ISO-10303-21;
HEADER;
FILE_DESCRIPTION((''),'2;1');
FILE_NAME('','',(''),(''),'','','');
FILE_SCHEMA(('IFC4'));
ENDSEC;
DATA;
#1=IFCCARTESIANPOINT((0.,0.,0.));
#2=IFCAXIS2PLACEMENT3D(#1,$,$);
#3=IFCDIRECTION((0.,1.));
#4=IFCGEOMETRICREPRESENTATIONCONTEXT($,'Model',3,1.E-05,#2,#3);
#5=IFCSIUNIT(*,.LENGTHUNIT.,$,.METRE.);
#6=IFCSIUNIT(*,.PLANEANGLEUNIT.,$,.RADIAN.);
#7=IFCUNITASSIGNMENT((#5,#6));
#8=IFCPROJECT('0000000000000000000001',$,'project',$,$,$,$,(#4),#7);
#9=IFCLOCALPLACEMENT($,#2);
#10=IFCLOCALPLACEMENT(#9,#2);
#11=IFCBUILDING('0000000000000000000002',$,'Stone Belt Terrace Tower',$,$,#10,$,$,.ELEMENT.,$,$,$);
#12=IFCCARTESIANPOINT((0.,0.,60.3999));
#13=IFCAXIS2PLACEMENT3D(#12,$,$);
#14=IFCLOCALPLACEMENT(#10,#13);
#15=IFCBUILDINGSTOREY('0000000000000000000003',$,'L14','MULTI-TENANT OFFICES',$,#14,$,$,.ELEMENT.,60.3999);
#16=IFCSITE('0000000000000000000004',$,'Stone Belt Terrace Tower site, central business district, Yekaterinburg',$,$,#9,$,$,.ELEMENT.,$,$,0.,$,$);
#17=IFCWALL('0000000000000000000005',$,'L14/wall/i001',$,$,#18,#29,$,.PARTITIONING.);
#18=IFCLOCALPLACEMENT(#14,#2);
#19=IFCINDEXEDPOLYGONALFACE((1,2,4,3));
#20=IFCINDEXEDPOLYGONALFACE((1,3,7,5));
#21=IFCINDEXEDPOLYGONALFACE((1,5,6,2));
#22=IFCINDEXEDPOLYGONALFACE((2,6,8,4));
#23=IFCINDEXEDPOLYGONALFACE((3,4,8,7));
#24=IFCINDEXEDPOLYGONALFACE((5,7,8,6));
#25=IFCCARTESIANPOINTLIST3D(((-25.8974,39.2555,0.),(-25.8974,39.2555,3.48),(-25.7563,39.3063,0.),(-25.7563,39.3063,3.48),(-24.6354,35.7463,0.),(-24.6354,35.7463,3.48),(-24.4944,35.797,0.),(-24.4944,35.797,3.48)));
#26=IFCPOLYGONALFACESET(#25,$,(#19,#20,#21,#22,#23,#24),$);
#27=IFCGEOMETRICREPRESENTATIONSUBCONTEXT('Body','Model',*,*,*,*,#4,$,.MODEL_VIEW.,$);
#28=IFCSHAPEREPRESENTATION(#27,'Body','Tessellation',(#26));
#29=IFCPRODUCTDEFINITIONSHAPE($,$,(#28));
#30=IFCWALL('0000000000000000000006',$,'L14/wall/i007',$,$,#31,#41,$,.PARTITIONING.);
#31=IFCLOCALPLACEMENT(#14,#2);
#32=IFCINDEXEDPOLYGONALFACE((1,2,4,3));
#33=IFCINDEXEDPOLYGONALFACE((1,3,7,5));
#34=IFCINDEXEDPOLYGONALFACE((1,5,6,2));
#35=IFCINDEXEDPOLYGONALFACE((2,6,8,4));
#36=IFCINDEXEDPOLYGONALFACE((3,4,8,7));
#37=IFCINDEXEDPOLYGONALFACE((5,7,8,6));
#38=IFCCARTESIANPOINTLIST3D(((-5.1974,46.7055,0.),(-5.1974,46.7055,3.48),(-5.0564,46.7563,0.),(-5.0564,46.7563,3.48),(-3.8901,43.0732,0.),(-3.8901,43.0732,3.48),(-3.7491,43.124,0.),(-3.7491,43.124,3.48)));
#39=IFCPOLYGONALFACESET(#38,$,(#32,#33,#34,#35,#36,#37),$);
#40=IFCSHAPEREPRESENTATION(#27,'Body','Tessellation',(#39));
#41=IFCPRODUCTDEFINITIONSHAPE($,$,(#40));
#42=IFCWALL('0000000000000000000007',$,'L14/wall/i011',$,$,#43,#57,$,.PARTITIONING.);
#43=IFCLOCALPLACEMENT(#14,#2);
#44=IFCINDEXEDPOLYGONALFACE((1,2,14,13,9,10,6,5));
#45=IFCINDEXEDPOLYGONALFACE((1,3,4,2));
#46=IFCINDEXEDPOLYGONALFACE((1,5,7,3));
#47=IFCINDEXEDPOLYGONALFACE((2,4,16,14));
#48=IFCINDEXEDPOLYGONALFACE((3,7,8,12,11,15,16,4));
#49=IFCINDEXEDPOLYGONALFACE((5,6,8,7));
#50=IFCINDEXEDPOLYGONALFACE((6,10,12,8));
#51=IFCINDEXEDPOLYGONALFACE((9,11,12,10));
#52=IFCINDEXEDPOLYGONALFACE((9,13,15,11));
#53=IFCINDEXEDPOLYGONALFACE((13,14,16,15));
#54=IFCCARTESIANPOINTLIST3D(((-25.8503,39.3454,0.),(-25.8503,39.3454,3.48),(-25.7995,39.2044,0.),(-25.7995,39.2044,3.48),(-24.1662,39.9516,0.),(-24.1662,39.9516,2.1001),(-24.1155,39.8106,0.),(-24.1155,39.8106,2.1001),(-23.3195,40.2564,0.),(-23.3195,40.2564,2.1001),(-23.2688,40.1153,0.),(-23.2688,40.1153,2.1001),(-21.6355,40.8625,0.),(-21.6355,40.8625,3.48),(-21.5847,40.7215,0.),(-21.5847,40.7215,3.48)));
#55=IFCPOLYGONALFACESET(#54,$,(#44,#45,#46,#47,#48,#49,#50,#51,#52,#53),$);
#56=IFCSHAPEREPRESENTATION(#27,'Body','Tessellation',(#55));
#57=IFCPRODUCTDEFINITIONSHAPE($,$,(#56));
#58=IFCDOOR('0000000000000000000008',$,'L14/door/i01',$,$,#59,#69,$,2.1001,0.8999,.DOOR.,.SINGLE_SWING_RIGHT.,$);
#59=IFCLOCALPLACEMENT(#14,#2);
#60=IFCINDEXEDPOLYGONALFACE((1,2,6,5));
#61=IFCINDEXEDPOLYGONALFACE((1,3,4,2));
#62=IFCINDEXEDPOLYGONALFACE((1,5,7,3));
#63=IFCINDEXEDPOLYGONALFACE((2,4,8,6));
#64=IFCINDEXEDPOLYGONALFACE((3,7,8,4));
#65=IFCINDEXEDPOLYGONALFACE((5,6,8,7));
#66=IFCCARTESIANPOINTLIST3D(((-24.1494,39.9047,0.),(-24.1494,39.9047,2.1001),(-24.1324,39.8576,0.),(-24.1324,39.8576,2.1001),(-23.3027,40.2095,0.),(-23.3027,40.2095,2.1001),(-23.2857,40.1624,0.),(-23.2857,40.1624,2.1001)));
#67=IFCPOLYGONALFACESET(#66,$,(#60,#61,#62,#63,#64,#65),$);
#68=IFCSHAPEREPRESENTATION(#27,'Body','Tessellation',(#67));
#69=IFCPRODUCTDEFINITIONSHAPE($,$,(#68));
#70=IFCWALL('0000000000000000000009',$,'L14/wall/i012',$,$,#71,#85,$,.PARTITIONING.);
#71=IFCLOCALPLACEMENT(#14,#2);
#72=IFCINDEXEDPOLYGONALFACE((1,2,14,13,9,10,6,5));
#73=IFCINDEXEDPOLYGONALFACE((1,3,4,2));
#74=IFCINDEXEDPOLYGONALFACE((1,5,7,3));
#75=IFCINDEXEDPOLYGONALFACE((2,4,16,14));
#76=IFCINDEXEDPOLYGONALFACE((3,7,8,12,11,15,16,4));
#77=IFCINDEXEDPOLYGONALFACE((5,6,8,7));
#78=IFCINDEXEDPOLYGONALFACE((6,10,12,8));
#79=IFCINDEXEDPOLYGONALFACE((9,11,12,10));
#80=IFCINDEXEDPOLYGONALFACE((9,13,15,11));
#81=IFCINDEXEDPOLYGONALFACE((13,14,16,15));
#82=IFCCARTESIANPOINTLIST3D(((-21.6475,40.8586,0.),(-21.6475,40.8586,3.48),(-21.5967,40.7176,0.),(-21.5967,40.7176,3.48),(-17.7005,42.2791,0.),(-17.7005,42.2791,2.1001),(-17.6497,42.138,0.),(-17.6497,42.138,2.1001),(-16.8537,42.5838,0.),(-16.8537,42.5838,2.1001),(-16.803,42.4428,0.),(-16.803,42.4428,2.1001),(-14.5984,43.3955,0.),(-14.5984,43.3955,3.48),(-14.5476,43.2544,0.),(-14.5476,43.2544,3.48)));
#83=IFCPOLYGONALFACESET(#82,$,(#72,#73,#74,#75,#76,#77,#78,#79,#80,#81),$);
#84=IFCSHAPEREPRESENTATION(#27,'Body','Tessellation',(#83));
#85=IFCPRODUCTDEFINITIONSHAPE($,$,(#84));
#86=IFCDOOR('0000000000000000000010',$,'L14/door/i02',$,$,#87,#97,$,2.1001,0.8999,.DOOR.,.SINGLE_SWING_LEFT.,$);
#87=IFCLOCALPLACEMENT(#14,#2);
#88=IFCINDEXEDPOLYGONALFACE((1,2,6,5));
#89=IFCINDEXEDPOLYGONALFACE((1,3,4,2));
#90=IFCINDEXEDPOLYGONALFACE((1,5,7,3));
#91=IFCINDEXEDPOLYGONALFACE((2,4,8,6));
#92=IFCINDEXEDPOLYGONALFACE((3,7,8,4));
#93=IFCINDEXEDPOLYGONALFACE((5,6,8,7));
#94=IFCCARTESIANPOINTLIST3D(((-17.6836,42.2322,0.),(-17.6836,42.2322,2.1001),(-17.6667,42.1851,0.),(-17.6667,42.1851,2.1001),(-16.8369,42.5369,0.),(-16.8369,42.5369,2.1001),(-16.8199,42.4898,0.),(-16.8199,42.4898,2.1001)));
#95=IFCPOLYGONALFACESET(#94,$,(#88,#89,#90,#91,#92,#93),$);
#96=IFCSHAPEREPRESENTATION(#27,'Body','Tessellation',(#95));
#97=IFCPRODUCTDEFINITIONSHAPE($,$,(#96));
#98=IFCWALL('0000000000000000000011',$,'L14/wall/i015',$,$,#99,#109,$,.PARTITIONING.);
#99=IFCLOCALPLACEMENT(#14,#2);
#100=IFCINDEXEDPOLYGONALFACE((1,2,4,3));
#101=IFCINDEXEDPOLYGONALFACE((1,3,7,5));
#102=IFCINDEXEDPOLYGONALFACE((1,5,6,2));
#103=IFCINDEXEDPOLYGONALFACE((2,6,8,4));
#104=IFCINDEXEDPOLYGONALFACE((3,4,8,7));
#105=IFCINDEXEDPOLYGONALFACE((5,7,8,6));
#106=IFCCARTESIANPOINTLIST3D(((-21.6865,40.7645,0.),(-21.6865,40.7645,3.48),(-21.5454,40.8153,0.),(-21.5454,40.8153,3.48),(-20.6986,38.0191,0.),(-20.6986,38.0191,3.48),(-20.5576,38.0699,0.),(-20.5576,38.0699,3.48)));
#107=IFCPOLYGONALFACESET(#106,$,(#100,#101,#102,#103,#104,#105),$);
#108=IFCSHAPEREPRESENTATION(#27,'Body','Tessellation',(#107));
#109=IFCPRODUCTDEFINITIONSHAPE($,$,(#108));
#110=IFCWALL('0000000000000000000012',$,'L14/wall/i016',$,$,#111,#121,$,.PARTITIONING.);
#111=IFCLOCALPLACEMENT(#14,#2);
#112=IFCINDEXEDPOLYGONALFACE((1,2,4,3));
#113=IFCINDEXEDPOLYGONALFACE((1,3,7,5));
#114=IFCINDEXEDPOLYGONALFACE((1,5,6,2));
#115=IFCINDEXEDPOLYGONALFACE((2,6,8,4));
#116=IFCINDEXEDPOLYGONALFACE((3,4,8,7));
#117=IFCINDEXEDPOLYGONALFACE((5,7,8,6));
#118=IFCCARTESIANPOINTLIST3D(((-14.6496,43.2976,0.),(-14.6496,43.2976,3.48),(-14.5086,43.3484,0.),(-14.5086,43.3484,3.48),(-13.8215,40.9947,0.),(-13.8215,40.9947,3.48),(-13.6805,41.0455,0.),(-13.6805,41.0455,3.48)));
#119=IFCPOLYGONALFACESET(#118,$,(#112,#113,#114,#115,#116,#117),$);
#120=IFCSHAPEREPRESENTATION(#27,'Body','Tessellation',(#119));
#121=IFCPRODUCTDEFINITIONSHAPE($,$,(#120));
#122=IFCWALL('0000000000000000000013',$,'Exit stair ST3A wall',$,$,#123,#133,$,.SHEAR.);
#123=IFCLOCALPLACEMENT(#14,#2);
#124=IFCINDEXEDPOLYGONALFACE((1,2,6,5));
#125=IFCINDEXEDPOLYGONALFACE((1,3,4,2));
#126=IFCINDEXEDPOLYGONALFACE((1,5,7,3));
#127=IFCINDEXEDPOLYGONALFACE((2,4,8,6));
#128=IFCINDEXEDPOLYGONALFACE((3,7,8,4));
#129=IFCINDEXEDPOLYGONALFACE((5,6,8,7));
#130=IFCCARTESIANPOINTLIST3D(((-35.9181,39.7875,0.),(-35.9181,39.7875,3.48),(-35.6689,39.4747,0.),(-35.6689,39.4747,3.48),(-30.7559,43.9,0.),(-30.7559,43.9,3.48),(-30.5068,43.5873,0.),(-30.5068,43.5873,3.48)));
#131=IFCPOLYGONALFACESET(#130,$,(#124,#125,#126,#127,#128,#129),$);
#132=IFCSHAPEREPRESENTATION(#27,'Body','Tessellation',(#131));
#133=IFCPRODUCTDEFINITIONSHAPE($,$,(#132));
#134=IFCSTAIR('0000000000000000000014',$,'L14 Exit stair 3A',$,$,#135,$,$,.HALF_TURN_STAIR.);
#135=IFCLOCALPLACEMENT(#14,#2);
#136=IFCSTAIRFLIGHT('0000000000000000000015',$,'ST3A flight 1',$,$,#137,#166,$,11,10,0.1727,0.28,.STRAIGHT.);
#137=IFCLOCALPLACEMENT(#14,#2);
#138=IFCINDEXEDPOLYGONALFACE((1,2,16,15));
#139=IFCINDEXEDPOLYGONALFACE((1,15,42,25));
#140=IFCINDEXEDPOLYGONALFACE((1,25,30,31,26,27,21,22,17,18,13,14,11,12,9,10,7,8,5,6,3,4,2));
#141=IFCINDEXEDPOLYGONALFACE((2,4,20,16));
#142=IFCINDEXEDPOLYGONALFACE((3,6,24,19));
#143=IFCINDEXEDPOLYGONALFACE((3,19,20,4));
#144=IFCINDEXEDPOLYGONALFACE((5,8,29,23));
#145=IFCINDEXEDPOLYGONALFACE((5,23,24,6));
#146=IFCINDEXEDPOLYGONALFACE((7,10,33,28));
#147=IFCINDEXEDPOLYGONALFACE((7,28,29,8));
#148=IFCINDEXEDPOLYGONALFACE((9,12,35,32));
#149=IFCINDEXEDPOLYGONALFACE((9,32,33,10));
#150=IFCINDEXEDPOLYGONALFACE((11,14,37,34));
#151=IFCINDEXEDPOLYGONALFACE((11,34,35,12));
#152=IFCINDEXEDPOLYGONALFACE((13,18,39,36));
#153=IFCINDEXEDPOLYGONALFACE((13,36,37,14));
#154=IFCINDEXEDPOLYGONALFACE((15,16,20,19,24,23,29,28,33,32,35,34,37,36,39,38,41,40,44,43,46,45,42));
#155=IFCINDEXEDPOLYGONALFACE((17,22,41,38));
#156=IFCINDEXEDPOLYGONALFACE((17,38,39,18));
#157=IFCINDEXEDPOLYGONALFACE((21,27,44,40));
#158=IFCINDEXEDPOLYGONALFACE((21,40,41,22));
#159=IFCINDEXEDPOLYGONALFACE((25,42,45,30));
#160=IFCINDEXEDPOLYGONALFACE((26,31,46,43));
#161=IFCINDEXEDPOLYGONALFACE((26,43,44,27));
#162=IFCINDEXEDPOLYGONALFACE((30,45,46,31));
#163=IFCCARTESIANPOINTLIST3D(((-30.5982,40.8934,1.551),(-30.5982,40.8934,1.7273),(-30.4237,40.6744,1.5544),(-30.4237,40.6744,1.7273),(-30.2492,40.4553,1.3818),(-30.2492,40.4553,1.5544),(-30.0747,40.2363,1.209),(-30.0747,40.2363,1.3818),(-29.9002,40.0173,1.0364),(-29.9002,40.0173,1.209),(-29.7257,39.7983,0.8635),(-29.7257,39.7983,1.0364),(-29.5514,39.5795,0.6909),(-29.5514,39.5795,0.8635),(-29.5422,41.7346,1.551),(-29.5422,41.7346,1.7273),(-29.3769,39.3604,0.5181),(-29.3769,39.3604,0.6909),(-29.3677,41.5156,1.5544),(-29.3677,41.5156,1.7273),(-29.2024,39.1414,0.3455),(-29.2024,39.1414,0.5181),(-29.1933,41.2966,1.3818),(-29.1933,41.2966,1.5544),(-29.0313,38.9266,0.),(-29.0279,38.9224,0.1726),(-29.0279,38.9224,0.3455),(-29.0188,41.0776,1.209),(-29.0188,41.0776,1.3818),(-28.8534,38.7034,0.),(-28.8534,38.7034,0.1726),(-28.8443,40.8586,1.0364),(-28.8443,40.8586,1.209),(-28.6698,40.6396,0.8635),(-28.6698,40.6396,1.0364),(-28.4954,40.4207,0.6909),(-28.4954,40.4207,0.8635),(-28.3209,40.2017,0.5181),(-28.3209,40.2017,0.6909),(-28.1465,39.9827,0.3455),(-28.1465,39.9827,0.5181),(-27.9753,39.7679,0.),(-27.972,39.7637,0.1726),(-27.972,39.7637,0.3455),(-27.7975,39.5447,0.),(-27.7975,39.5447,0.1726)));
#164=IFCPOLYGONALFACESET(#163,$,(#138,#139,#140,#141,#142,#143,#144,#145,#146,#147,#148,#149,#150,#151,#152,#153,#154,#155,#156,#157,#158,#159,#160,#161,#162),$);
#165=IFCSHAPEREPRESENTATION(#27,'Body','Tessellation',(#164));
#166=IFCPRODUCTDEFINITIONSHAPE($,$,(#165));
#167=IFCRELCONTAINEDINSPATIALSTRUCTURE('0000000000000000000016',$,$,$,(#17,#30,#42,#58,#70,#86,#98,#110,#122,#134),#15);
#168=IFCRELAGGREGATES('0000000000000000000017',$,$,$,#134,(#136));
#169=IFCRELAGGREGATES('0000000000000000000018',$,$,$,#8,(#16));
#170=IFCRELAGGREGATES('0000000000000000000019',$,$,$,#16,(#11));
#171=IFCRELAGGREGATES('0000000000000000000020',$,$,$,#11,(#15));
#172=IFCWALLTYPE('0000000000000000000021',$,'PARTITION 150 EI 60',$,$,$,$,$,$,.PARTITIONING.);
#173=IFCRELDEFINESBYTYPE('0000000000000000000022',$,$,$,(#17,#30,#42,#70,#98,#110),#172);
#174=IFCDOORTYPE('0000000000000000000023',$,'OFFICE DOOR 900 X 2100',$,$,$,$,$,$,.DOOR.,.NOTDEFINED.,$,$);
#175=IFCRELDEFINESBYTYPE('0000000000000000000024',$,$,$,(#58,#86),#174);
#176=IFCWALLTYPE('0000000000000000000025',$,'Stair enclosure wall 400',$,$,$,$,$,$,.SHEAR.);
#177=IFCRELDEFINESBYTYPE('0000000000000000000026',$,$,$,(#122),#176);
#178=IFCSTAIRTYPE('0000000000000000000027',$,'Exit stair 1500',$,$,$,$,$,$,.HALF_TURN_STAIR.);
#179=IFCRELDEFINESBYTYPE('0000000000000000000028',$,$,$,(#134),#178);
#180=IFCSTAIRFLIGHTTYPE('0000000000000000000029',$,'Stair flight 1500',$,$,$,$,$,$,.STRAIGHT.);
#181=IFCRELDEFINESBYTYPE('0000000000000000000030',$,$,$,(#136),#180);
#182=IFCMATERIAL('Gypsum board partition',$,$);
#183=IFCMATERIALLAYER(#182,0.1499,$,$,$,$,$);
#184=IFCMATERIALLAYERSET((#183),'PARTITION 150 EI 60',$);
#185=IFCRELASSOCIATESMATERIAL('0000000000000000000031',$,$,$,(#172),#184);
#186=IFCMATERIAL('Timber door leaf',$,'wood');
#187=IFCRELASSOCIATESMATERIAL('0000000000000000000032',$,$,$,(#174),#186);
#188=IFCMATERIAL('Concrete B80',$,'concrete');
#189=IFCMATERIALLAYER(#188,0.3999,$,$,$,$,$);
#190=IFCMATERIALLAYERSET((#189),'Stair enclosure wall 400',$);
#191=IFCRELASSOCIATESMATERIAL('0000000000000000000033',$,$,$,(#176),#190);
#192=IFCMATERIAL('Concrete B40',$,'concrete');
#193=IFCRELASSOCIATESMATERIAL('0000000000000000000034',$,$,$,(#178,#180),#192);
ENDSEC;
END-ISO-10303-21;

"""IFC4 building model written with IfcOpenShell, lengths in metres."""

from ifc_helpers import new_model, si_unit, direction, frame, frame_2d, origin, place, context, subcontext, project, spatial, polyline, rectangle, outline, extrude, material, layer, layer_set, type_object, element, fill, aggregate, save


model = new_model("IFC4")

# Units and contexts
model_context = context("Model", 3, precision=1e-05, world=origin(), true_north=direction((0.0, 1.0)))
body_context = subcontext(model_context, "Body", "Model", "MODEL_VIEW")
ifc_project = project(units=[si_unit("LENGTHUNIT", "METRE"), si_unit("PLANEANGLEUNIT", "RADIAN")], contexts=[model_context])

# Site, building, storey
site_placement = place(None, origin())
site = spatial("IfcSite", under=ifc_project, at=site_placement, Name="Stone Belt Terrace Tower site, central business district, Yekaterinburg", CompositionType="ELEMENT", RefElevation=0.0)
building_placement = place(site_placement, origin())
building = spatial("IfcBuilding", under=site, at=building_placement, Name="Stone Belt Terrace Tower", CompositionType="ELEMENT")
storey_placement = place(building_placement, frame((0.0, 0.0, 60.3999)))
storey = spatial("IfcBuildingStorey", under=building, at=storey_placement, Name="L14", Description="MULTI-TENANT OFFICES", CompositionType="ELEMENT", Elevation=60.3999)

# Shared definitions
ifc_material_1 = material(Name="Concrete B80", Category="concrete")

# Walls
ifc_material_2 = material(Name="Gypsum board partition")
ifc_layer_1 = layer(ifc_material_2, 0.1499)
ifc_layer_set_1 = layer_set([ifc_layer_1], Name="PARTITION 150 EI 60")
wall_type_1 = type_object("IfcWallType", Name="PARTITION 150 EI 60", PredefinedType="PARTITIONING", material=ifc_layer_set_1)
wall_1_placement = place(storey_placement, frame((-25.8269, 39.281, 0.0), z_axis=(0.0, 0.0, 1.0), x_axis=(0.338393, -0.941005, 0.0)))
element("IfcWall", 1, at=wall_1_placement, inside=storey, type_object=wall_type_1, Name="L14/wall/i001", PredefinedType="PARTITIONING", context=body_context, shape_type="SweptSolid", body=[
    extrude(rectangle(XDim=3.7292, YDim=0.1499, at=frame_2d((1.8647, 0.0))), origin(), (0.0, 0.0, 1.0), 3.48),
])
wall_2_placement = place(storey_placement, frame((-3.8196, 43.0986, 0.0), z_axis=(0.0, 0.0, 1.0), x_axis=(-0.338659, 0.940909, 0.0)))
element("IfcWall", 2, at=wall_2_placement, inside=storey, type_object=wall_type_1, Name="L14/wall/i007", PredefinedType="PARTITIONING", context=body_context, shape_type="SweptSolid", body=[
    extrude(rectangle(XDim=3.8604, YDim=0.1499, at=frame_2d((1.9302, 0.0))), origin(), (0.0, 0.0, 1.0), 3.48),
])

# Walls, openings, doors
wall_3_placement = place(storey_placement, frame((-21.6101, 40.792, 0.0), z_axis=(0.0, 0.0, 1.0), x_axis=(-0.940905, -0.338669, 0.0)))
wall_3 = element("IfcWall", 3, at=wall_3_placement, inside=storey, type_object=wall_type_1, Name="L14/wall/i011", PredefinedType="PARTITIONING", context=body_context, shape_type="SweptSolid", body=[
    extrude(rectangle(XDim=4.4795, YDim=0.1499, at=frame_2d((2.2397, 0.0))), origin(), (0.0, 0.0, 1.0), 3.48),
])
opening_1_placement = place(wall_3_placement, frame((1.7898, 0.0, 0.0)))
opening_1 = element("IfcOpeningElement", 4, at=opening_1_placement, cuts=wall_3, PredefinedType="OPENING", context=body_context, shape_type="SweptSolid", body=[
    extrude(rectangle(XDim=0.8999, YDim=2.1001, at=frame_2d((0.45, 1.05))), frame((0.0, 0.085, 0.0), z_axis=(0.0, -1.0, 0.0), x_axis=(1.0, 0.0, 0.0)), (0.0, 0.0, 1.0), 0.1699),
])
ifc_material_3 = material(Name="Timber door leaf", Category="wood")
door_type_1 = type_object("IfcDoorType", Name="OFFICE DOOR 900 X 2100", OperationType="NOTDEFINED", PredefinedType="DOOR", material=ifc_material_3)
door_1_placement = place(opening_1_placement, origin())
door_1 = element("IfcDoor", 5, at=door_1_placement, inside=storey, type_object=door_type_1, Name="L14/door/i01", OperationType="SINGLE_SWING_RIGHT", OverallHeight=2.1001, OverallWidth=0.8999, PredefinedType="DOOR", context=body_context, shape_type="SweptSolid", body=[
    extrude(rectangle(XDim=0.8999, YDim=2.1001, at=frame_2d((0.45, 1.05))), frame((0.0, 0.0249, 0.0), z_axis=(0.0, -1.0, 0.0), x_axis=(1.0, 0.0, 0.0)), (0.0, 0.0, 1.0), 0.05),
])
fill(opening_1, door_1)
wall_4_placement = place(storey_placement, frame((-14.573, 43.325, 0.0), z_axis=(0.0, 0.0, 1.0), x_axis=(-0.940921, -0.338625, 0.0)))
wall_4 = element("IfcWall", 6, at=wall_4_placement, inside=storey, type_object=wall_type_1, Name="L14/wall/i012", PredefinedType="PARTITIONING", context=body_context, shape_type="SweptSolid", body=[
    extrude(rectangle(XDim=7.4917, YDim=0.1499, at=frame_2d((3.7458, 0.0))), origin(), (0.0, 0.0, 1.0), 3.48),
])
opening_2_placement = place(wall_4_placement, frame((2.397, 0.0, 0.0)))
opening_2 = element("IfcOpeningElement", 7, at=opening_2_placement, cuts=wall_4, PredefinedType="OPENING", context=body_context, shape_type="SweptSolid", body=[
    extrude(rectangle(XDim=0.8999, YDim=2.1001, at=frame_2d((0.45, 1.05))), frame((0.0, 0.085, 0.0), z_axis=(0.0, -1.0, 0.0), x_axis=(1.0, 0.0, 0.0)), (0.0, 0.0, 1.0), 0.1699),
])
door_2_placement = place(opening_2_placement, origin())
door_2 = element("IfcDoor", 8, at=door_2_placement, inside=storey, type_object=door_type_1, Name="L14/door/i02", OperationType="SINGLE_SWING_LEFT", OverallHeight=2.1001, OverallWidth=0.8999, PredefinedType="DOOR", context=body_context, shape_type="SweptSolid", body=[
    extrude(rectangle(XDim=0.8999, YDim=2.1001, at=frame_2d((0.45, 1.05))), frame((0.0, 0.0249, 0.0), z_axis=(0.0, -1.0, 0.0), x_axis=(1.0, 0.0, 0.0)), (0.0, 0.0, 1.0), 0.05),
])
fill(opening_2, door_2)

# Walls
wall_5_placement = place(storey_placement, frame((-21.616, 40.79, 0.0), z_axis=(0.0, 0.0, 1.0), x_axis=(0.338556, -0.940946, 0.0)))
element("IfcWall", 9, at=wall_5_placement, inside=storey, type_object=wall_type_1, Name="L14/wall/i015", PredefinedType="PARTITIONING", context=body_context, shape_type="SweptSolid", body=[
    extrude(rectangle(XDim=2.9177, YDim=0.1499, at=frame_2d((1.459, 0.0))), origin(), (0.0, 0.0, 1.0), 3.48),
])
wall_6_placement = place(storey_placement, frame((-14.5791, 43.323, 0.0), z_axis=(0.0, 0.0, 1.0), x_axis=(0.338377, -0.941011, 0.0)))
element("IfcWall", 10, at=wall_6_placement, inside=storey, type_object=wall_type_1, Name="L14/wall/i016", PredefinedType="PARTITIONING", context=body_context, shape_type="SweptSolid", body=[
    extrude(rectangle(XDim=2.4473, YDim=0.1499, at=frame_2d((1.2236, 0.0))), origin(), (0.0, 0.0, 1.0), 3.48),
])
ifc_layer_2 = layer(ifc_material_1, 0.3999)
ifc_layer_set_2 = layer_set([ifc_layer_2], Name="Stair enclosure wall 400")
wall_type_2 = type_object("IfcWallType", Name="Stair enclosure wall 400", PredefinedType="SHEAR", material=ifc_layer_set_2)
wall_7_placement = place(storey_placement, frame((-30.6313, 43.7437, 0.0), z_axis=(0.0, 0.0, 1.0), x_axis=(-0.782134, -0.62311, 0.0)))
element("IfcWall", 11, at=wall_7_placement, inside=storey, type_object=wall_type_2, Name="Exit stair ST3A wall", PredefinedType="SHEAR", context=body_context, shape_type="SweptSolid", body=[
    extrude(rectangle(XDim=6.6001, YDim=0.3999, at=frame_2d((3.3, 0.0))), origin(), (0.0, 0.0, 1.0), 3.48),
])

# Stair, stair flight
ifc_material_4 = material(Name="Concrete B40", Category="concrete")
stair_type = type_object("IfcStairType", Name="Exit stair 1500", PredefinedType="HALF_TURN_STAIR", material=ifc_material_4)
stair_placement = place(storey_placement, origin())
stair = element("IfcStair", 12, at=stair_placement, inside=storey, type_object=stair_type, Name="L14 Exit stair 3A", PredefinedType="HALF_TURN_STAIR")
stair_flight_type = type_object("IfcStairFlightType", Name="Stair flight 1500", PredefinedType="STRAIGHT", material=ifc_material_4)
stair_flight_1_placement = place(storey_placement, frame((-28.3254, 39.124, 0.0), z_axis=(0.0, 0.0, 1.0), x_axis=(-0.623121, 0.782125, 0.0)))
stair_flight_1 = element("IfcStairFlight", 13, at=stair_flight_1_placement, type_object=stair_flight_type, Name="ST3A flight 1", NumberOfRisers=11, NumberOfTreads=10, PredefinedType="STRAIGHT", RiserHeight=0.1727, TreadLength=0.28, context=body_context, shape_type="SweptSolid", body=[
    extrude(outline(polyline([(0.0, 0.0), (0.0, 0.1726), (0.28, 0.1726), (0.28, 0.3455), (0.5601, 0.3455), (0.5601, 0.5181), (0.8401, 0.5181), (0.8401, 0.6909), (1.1201, 0.6909), (1.1201, 0.8635), (1.3999, 0.8635), (1.3999, 1.0364), (1.6799, 1.0364), (1.6799, 1.209), (1.96, 1.209), (1.96, 1.3818), (2.24, 1.3818), (2.24, 1.5544), (2.52, 1.5544), (2.52, 1.7273), (2.8, 1.7273), (2.8, 1.8999), (2.8, 1.551), (0.2854, 0.0), (0.0, 0.0)])), frame((0.0, 0.675, 0.0), z_axis=(0.0, -1.0, 0.0), x_axis=(1.0, 0.0, 0.0)), (0.0, 0.0, 1.0), 1.3501),
])
aggregate(stair, [stair_flight_1])

save(model, "model.ifc")
